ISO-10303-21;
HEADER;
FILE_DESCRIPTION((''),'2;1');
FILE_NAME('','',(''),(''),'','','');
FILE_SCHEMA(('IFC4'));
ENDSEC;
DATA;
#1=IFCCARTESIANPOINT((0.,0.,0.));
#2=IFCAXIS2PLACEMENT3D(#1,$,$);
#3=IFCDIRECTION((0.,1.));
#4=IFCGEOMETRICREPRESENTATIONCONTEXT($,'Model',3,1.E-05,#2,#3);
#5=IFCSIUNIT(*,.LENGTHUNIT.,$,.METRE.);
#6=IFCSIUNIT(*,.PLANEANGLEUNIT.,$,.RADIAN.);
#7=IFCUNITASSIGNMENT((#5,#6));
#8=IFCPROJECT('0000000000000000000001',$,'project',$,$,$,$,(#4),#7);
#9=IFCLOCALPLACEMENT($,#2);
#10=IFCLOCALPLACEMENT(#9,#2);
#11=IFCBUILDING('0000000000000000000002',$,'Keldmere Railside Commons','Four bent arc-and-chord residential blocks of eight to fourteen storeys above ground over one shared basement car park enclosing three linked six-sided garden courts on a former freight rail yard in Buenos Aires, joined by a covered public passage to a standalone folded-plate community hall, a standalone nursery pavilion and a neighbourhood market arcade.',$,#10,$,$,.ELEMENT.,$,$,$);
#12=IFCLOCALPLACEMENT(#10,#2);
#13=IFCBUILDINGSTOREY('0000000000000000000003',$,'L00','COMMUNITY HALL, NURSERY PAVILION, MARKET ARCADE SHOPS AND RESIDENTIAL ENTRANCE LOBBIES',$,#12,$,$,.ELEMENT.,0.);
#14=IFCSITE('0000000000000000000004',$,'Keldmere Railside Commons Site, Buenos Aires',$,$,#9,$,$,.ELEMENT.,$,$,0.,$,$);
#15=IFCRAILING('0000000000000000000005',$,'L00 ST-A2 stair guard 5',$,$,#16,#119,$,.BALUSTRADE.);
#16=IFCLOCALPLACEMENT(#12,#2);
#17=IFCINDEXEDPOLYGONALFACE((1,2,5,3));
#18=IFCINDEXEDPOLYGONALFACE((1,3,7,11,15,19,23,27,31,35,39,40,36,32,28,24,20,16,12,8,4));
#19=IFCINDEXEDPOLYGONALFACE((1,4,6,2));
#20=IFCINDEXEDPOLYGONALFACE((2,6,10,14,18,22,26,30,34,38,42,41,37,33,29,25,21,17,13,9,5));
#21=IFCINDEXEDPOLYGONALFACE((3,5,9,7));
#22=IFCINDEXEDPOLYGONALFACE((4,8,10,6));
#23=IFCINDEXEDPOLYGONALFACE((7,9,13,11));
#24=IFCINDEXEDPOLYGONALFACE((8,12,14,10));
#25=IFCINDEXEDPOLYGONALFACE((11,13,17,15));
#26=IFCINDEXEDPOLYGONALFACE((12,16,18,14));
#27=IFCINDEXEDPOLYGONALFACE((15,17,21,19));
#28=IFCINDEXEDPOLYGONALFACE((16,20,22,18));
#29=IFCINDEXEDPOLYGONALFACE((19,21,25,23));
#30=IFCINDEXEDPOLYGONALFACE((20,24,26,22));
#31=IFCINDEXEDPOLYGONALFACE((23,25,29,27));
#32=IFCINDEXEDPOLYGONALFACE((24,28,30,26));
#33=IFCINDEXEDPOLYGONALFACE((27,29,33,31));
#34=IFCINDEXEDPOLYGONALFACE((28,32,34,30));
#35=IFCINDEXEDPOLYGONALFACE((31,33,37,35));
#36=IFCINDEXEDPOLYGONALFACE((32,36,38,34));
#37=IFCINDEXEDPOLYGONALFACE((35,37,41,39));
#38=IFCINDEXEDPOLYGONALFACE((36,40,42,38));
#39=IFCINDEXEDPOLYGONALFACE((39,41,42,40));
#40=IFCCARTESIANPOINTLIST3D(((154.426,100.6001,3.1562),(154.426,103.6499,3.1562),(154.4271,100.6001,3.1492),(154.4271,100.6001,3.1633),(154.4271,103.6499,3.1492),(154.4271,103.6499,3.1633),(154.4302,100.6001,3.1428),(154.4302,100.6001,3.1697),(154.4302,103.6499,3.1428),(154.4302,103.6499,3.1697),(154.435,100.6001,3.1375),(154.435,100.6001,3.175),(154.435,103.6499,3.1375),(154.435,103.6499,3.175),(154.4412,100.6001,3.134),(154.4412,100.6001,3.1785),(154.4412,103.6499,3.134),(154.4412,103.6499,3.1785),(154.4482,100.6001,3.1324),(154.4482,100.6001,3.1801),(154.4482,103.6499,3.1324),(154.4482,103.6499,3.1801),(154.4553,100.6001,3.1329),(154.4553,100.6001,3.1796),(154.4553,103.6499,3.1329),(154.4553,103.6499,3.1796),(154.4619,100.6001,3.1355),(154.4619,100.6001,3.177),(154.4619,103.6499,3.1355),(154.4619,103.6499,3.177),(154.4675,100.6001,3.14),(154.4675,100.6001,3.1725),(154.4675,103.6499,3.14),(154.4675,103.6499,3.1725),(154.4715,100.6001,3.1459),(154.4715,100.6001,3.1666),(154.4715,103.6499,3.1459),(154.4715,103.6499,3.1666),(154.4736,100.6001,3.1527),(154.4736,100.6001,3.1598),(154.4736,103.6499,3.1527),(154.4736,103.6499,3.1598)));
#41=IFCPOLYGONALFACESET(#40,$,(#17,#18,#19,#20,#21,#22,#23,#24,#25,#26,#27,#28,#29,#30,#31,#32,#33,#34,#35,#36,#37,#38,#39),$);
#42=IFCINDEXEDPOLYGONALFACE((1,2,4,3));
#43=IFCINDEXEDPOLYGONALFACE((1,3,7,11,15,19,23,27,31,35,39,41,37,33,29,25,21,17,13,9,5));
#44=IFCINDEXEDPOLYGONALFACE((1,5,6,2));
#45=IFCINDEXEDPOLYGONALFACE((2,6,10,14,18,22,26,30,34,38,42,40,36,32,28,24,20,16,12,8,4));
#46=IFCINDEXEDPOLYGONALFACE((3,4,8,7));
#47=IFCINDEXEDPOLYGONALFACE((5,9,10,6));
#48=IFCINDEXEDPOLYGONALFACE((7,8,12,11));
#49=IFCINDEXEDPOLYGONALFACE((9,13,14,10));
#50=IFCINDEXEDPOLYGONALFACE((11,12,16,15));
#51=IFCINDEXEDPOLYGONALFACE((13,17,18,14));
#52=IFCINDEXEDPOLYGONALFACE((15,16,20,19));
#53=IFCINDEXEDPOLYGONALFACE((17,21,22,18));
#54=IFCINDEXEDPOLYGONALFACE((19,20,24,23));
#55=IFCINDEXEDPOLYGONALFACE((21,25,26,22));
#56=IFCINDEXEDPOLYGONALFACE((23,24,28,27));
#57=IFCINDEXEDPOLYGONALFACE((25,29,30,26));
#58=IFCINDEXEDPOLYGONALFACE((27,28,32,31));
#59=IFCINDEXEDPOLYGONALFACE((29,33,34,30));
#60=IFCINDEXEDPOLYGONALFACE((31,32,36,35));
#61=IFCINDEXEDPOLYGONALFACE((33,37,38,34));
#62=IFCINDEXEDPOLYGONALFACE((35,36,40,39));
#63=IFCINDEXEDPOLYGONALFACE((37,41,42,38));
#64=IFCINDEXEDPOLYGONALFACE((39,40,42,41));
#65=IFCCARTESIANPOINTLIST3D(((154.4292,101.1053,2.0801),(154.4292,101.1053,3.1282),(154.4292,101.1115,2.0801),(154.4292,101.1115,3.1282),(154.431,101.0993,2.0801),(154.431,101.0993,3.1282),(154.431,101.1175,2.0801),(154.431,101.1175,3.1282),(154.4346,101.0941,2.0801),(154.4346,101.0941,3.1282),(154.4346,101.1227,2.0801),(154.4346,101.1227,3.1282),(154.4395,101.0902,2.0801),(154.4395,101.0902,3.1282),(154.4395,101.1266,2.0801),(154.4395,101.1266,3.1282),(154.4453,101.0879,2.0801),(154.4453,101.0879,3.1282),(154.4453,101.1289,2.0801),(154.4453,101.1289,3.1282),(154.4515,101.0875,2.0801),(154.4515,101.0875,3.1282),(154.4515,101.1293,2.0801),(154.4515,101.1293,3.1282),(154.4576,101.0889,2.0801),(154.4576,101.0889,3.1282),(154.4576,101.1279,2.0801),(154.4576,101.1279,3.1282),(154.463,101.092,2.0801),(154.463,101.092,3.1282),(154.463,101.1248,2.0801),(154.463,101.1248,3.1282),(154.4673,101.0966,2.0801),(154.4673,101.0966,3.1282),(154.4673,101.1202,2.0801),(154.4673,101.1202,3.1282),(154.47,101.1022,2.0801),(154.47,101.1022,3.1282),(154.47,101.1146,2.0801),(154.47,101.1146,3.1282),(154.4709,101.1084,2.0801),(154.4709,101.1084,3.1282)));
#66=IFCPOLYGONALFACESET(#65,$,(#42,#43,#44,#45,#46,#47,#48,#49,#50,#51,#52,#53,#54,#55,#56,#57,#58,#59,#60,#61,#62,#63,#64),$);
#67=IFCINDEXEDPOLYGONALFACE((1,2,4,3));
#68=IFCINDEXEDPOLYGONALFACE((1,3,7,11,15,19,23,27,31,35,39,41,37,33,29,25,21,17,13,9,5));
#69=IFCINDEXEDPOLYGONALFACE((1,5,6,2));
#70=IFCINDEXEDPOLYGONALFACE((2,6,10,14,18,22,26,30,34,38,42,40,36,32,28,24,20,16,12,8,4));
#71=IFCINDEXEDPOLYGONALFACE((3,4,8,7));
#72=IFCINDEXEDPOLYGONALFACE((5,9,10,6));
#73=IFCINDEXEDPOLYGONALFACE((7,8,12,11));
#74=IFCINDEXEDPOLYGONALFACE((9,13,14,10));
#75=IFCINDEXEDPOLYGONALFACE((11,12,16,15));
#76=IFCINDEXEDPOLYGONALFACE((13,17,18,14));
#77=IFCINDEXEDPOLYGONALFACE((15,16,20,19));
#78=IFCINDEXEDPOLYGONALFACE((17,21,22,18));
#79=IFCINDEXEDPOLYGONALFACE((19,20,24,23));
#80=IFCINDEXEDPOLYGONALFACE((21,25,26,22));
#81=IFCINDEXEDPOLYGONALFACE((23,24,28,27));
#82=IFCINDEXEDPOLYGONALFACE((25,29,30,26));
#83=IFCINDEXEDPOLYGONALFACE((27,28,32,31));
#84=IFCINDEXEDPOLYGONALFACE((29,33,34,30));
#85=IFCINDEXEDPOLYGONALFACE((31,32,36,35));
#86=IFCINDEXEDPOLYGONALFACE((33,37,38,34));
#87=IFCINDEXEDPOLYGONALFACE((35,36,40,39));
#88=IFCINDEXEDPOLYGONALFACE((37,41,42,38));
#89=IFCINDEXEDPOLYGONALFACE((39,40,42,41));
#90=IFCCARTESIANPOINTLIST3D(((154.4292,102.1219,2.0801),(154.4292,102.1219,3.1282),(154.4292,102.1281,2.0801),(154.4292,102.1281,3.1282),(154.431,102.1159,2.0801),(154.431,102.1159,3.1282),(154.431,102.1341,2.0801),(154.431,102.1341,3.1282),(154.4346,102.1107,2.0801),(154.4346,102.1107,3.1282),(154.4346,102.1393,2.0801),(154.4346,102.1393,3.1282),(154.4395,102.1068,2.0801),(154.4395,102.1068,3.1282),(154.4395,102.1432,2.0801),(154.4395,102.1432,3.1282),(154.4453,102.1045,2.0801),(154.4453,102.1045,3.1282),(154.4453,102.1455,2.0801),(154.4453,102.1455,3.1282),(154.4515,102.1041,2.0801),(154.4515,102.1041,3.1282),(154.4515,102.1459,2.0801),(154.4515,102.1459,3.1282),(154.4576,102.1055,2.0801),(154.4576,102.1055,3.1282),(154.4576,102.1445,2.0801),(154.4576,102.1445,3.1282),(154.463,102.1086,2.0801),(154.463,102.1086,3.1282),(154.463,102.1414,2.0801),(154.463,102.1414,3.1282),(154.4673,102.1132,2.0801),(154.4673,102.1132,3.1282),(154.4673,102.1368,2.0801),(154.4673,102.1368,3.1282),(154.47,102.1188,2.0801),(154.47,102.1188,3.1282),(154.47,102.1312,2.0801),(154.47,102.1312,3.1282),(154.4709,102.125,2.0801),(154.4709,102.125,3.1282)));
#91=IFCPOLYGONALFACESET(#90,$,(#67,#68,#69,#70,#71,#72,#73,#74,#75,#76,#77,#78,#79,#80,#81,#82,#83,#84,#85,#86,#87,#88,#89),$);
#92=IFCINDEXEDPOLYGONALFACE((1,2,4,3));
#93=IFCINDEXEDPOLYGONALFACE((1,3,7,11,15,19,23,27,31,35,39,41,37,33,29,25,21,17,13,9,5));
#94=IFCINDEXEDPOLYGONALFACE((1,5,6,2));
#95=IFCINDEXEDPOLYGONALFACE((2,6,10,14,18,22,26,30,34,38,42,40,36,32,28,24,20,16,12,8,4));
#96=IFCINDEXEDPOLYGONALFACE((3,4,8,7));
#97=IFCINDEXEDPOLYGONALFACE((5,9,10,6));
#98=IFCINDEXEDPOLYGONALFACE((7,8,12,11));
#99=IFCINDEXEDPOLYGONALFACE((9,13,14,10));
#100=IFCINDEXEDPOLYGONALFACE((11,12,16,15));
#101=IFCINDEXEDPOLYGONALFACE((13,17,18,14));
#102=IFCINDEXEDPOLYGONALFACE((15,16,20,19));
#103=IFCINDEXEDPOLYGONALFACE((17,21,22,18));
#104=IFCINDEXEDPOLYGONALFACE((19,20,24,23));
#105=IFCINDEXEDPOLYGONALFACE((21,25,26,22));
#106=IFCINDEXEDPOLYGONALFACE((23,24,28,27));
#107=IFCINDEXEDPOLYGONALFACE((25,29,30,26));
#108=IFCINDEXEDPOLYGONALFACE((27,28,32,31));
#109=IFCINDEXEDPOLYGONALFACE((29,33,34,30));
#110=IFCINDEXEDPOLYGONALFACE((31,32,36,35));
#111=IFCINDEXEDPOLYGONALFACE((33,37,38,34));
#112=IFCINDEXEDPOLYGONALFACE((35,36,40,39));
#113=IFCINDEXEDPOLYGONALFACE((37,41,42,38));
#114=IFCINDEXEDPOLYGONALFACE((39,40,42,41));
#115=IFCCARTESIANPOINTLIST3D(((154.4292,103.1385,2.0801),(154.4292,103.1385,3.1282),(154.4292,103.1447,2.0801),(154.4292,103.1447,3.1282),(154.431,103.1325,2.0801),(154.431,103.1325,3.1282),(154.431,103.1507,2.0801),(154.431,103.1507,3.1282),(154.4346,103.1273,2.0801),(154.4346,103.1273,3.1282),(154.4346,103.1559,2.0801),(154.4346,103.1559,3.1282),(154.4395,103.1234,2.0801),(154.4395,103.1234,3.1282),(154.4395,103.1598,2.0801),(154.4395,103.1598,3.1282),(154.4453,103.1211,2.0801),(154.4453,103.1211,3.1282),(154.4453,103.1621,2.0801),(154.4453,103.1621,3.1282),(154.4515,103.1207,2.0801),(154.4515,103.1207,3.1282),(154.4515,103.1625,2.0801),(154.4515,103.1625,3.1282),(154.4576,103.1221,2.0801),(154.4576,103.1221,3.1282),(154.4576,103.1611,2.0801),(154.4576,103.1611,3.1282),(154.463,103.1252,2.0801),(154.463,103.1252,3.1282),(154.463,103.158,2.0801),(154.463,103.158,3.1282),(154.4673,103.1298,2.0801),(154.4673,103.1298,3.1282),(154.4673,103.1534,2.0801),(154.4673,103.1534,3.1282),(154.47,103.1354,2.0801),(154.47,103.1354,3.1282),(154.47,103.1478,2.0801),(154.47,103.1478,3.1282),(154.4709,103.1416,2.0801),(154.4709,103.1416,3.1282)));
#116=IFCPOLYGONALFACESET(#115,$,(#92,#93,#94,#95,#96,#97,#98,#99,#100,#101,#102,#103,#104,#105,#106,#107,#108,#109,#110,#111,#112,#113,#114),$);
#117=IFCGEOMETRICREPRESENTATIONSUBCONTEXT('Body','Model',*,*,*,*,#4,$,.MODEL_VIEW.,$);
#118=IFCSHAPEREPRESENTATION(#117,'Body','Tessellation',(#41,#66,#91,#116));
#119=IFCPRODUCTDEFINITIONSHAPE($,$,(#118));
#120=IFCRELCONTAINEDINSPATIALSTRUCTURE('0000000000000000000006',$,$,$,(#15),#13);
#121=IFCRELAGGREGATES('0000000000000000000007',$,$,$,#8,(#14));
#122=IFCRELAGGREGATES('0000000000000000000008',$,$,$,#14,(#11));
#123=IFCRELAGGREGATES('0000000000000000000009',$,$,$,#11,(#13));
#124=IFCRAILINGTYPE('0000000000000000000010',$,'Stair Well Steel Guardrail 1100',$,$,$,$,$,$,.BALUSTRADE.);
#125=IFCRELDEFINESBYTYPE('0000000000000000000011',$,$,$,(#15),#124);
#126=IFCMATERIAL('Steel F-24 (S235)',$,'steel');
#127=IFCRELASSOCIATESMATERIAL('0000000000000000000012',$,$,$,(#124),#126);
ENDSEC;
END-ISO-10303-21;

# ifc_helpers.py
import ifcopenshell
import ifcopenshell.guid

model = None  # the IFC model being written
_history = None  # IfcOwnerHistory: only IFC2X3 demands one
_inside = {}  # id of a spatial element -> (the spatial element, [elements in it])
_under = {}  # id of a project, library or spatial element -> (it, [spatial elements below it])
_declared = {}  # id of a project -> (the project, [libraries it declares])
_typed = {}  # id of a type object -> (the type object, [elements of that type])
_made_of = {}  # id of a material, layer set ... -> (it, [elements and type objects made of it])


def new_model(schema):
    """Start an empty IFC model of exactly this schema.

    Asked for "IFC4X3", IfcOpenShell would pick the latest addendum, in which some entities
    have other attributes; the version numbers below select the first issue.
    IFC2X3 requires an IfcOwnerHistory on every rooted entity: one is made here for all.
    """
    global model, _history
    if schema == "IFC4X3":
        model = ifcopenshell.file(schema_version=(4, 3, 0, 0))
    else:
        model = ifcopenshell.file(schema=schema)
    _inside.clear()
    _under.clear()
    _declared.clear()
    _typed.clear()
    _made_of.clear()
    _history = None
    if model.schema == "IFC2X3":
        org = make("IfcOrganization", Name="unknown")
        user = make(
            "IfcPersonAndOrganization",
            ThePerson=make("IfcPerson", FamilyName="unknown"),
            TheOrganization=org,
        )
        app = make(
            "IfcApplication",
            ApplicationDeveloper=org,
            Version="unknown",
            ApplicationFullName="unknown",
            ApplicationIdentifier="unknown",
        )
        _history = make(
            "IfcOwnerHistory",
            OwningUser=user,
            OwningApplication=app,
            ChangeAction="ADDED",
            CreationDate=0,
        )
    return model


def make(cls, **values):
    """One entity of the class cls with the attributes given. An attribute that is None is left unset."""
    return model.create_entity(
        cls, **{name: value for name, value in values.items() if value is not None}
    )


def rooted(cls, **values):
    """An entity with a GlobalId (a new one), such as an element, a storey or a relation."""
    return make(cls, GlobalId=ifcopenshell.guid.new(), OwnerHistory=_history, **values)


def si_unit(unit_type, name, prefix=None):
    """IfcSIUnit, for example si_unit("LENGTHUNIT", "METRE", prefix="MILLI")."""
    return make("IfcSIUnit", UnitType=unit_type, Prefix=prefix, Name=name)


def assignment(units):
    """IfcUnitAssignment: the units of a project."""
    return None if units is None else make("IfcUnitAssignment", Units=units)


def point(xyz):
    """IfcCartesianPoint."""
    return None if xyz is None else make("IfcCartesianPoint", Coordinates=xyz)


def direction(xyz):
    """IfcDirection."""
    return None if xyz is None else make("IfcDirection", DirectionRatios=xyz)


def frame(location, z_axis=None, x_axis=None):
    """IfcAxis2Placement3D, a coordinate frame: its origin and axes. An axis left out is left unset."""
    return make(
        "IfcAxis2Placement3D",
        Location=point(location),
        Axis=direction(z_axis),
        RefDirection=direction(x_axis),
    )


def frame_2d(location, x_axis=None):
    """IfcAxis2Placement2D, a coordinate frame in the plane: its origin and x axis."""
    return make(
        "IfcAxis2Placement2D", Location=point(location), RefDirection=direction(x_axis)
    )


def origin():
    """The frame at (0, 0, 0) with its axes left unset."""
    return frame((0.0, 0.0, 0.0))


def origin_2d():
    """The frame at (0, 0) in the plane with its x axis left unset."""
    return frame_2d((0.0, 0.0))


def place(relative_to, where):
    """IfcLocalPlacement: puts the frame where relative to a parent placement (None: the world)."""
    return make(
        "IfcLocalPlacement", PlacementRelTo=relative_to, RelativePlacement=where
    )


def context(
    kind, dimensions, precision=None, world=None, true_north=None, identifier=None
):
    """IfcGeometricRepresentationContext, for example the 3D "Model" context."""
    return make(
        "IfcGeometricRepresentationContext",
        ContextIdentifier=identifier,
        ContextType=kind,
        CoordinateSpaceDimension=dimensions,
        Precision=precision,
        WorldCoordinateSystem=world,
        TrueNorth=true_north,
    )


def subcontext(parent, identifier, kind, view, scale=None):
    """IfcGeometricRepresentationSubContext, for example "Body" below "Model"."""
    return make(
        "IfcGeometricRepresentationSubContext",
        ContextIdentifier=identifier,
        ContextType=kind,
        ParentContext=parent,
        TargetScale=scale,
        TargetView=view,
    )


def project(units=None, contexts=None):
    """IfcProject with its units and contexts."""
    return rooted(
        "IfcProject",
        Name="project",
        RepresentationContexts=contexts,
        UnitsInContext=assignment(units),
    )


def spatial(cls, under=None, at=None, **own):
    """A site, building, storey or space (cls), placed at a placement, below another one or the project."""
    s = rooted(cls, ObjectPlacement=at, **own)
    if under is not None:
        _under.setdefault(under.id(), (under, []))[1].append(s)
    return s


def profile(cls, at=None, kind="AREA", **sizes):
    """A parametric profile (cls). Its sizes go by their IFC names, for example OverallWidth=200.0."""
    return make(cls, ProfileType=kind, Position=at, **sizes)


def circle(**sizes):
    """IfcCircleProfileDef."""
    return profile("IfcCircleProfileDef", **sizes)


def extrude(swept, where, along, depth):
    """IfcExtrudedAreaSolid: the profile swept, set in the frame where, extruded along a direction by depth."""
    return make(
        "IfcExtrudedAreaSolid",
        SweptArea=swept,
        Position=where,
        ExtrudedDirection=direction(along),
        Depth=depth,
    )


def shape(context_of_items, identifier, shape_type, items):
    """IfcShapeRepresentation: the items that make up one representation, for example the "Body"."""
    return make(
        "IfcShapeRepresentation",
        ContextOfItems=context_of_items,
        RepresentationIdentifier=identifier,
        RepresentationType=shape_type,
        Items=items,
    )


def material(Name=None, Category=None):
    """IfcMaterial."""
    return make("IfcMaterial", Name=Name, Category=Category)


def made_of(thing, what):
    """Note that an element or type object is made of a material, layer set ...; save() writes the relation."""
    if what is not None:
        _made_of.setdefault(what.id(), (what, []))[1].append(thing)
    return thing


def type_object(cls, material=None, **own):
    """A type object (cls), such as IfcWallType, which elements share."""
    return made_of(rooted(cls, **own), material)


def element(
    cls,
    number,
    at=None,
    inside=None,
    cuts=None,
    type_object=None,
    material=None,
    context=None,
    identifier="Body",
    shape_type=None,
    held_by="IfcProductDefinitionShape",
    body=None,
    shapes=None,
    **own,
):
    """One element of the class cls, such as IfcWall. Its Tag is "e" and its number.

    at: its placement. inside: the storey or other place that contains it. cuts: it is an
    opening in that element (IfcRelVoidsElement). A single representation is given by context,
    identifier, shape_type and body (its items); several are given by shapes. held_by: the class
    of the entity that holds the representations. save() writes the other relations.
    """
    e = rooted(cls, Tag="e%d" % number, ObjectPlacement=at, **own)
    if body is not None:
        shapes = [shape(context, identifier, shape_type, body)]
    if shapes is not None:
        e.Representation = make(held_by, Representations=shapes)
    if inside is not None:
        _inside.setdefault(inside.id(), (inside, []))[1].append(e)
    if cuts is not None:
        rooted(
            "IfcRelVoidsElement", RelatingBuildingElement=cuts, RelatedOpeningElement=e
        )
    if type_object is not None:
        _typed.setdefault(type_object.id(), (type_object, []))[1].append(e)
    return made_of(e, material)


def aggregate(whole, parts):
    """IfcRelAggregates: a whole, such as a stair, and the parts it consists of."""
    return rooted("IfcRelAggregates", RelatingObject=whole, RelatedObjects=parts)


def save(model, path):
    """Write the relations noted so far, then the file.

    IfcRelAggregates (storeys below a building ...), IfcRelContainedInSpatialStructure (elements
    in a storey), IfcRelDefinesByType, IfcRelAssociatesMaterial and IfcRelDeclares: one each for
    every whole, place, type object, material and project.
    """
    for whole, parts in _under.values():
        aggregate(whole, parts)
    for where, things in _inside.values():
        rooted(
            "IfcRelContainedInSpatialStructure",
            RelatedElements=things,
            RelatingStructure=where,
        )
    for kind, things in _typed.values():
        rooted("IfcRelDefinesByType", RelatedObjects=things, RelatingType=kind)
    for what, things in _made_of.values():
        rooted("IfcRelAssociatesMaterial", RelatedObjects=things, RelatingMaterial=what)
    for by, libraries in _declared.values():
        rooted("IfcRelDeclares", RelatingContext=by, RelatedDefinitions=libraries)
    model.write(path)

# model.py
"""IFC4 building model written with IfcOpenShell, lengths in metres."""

from ifc_helpers import new_model, si_unit, direction, frame, origin, origin_2d, place, context, subcontext, project, spatial, circle, extrude, material, type_object, element, save


model = new_model("IFC4")

# Units and contexts
model_context = context("Model", 3, precision=1e-05, world=origin(), true_north=direction((0.0, 1.0)))
body_context = subcontext(model_context, "Body", "Model", "MODEL_VIEW")
ifc_project = project(units=[si_unit("LENGTHUNIT", "METRE"), si_unit("PLANEANGLEUNIT", "RADIAN")], contexts=[model_context])

# Site, building, storey
site_placement = place(None, origin())
site = spatial("IfcSite", under=ifc_project, at=site_placement, Name="Keldmere Railside Commons Site, Buenos Aires", CompositionType="ELEMENT", RefElevation=0.0)
building_placement = place(site_placement, origin())
building = spatial("IfcBuilding", under=site, at=building_placement, Name="Keldmere Railside Commons", Description="Four bent arc-and-chord residential blocks of eight to fourteen storeys above ground over one shared basement car park enclosing three linked six-sided garden courts on a former freight rail yard in Buenos Aires, joined by a covered public passage to a standalone folded-plate community hall, a standalone nursery pavilion and a neighbourhood market arcade.", CompositionType="ELEMENT")
storey_placement = place(building_placement, origin())
storey = spatial("IfcBuildingStorey", under=building, at=storey_placement, Name="L00", Description="COMMUNITY HALL, NURSERY PAVILION, MARKET ARCADE SHOPS AND RESIDENTIAL ENTRANCE LOBBIES", CompositionType="ELEMENT", Elevation=0.0)

# Shared definitions
ifc_material_1 = material(Name="Steel F-24 (S235)", Category="steel")

# Railing
railing_type_1 = type_object("IfcRailingType", Name="Stair Well Steel Guardrail 1100", PredefinedType="BALUSTRADE", material=ifc_material_1)
railing_1_placement = place(storey_placement, frame((154.45, 100.6001, 2.0801)))
element("IfcRailing", 1, at=railing_1_placement, inside=storey, type_object=railing_type_1, Name="L00 ST-A2 stair guard 5", PredefinedType="BALUSTRADE", context=body_context, shape_type="SweptSolid", body=[
    extrude(circle(Radius=0.0239, at=origin_2d()), frame((0.0, 0.0, 1.0762), z_axis=(0.0, 1.0, 0.0), x_axis=(-1.0, 0.0, 0.0)), (0.0, 0.0, 1.0), 3.0498),
    extrude(circle(Radius=0.021, at=origin_2d()), frame((0.0, 0.5083, 0.0)), (0.0, 0.0, 1.0), 1.0481),
    extrude(circle(Radius=0.021, at=origin_2d()), frame((0.0, 1.5249, 0.0)), (0.0, 0.0, 1.0), 1.0481),
    extrude(circle(Radius=0.021, at=origin_2d()), frame((0.0, 2.5415, 0.0)), (0.0, 0.0, 1.0), 1.0481),
])

save(model, "model.ifc")
